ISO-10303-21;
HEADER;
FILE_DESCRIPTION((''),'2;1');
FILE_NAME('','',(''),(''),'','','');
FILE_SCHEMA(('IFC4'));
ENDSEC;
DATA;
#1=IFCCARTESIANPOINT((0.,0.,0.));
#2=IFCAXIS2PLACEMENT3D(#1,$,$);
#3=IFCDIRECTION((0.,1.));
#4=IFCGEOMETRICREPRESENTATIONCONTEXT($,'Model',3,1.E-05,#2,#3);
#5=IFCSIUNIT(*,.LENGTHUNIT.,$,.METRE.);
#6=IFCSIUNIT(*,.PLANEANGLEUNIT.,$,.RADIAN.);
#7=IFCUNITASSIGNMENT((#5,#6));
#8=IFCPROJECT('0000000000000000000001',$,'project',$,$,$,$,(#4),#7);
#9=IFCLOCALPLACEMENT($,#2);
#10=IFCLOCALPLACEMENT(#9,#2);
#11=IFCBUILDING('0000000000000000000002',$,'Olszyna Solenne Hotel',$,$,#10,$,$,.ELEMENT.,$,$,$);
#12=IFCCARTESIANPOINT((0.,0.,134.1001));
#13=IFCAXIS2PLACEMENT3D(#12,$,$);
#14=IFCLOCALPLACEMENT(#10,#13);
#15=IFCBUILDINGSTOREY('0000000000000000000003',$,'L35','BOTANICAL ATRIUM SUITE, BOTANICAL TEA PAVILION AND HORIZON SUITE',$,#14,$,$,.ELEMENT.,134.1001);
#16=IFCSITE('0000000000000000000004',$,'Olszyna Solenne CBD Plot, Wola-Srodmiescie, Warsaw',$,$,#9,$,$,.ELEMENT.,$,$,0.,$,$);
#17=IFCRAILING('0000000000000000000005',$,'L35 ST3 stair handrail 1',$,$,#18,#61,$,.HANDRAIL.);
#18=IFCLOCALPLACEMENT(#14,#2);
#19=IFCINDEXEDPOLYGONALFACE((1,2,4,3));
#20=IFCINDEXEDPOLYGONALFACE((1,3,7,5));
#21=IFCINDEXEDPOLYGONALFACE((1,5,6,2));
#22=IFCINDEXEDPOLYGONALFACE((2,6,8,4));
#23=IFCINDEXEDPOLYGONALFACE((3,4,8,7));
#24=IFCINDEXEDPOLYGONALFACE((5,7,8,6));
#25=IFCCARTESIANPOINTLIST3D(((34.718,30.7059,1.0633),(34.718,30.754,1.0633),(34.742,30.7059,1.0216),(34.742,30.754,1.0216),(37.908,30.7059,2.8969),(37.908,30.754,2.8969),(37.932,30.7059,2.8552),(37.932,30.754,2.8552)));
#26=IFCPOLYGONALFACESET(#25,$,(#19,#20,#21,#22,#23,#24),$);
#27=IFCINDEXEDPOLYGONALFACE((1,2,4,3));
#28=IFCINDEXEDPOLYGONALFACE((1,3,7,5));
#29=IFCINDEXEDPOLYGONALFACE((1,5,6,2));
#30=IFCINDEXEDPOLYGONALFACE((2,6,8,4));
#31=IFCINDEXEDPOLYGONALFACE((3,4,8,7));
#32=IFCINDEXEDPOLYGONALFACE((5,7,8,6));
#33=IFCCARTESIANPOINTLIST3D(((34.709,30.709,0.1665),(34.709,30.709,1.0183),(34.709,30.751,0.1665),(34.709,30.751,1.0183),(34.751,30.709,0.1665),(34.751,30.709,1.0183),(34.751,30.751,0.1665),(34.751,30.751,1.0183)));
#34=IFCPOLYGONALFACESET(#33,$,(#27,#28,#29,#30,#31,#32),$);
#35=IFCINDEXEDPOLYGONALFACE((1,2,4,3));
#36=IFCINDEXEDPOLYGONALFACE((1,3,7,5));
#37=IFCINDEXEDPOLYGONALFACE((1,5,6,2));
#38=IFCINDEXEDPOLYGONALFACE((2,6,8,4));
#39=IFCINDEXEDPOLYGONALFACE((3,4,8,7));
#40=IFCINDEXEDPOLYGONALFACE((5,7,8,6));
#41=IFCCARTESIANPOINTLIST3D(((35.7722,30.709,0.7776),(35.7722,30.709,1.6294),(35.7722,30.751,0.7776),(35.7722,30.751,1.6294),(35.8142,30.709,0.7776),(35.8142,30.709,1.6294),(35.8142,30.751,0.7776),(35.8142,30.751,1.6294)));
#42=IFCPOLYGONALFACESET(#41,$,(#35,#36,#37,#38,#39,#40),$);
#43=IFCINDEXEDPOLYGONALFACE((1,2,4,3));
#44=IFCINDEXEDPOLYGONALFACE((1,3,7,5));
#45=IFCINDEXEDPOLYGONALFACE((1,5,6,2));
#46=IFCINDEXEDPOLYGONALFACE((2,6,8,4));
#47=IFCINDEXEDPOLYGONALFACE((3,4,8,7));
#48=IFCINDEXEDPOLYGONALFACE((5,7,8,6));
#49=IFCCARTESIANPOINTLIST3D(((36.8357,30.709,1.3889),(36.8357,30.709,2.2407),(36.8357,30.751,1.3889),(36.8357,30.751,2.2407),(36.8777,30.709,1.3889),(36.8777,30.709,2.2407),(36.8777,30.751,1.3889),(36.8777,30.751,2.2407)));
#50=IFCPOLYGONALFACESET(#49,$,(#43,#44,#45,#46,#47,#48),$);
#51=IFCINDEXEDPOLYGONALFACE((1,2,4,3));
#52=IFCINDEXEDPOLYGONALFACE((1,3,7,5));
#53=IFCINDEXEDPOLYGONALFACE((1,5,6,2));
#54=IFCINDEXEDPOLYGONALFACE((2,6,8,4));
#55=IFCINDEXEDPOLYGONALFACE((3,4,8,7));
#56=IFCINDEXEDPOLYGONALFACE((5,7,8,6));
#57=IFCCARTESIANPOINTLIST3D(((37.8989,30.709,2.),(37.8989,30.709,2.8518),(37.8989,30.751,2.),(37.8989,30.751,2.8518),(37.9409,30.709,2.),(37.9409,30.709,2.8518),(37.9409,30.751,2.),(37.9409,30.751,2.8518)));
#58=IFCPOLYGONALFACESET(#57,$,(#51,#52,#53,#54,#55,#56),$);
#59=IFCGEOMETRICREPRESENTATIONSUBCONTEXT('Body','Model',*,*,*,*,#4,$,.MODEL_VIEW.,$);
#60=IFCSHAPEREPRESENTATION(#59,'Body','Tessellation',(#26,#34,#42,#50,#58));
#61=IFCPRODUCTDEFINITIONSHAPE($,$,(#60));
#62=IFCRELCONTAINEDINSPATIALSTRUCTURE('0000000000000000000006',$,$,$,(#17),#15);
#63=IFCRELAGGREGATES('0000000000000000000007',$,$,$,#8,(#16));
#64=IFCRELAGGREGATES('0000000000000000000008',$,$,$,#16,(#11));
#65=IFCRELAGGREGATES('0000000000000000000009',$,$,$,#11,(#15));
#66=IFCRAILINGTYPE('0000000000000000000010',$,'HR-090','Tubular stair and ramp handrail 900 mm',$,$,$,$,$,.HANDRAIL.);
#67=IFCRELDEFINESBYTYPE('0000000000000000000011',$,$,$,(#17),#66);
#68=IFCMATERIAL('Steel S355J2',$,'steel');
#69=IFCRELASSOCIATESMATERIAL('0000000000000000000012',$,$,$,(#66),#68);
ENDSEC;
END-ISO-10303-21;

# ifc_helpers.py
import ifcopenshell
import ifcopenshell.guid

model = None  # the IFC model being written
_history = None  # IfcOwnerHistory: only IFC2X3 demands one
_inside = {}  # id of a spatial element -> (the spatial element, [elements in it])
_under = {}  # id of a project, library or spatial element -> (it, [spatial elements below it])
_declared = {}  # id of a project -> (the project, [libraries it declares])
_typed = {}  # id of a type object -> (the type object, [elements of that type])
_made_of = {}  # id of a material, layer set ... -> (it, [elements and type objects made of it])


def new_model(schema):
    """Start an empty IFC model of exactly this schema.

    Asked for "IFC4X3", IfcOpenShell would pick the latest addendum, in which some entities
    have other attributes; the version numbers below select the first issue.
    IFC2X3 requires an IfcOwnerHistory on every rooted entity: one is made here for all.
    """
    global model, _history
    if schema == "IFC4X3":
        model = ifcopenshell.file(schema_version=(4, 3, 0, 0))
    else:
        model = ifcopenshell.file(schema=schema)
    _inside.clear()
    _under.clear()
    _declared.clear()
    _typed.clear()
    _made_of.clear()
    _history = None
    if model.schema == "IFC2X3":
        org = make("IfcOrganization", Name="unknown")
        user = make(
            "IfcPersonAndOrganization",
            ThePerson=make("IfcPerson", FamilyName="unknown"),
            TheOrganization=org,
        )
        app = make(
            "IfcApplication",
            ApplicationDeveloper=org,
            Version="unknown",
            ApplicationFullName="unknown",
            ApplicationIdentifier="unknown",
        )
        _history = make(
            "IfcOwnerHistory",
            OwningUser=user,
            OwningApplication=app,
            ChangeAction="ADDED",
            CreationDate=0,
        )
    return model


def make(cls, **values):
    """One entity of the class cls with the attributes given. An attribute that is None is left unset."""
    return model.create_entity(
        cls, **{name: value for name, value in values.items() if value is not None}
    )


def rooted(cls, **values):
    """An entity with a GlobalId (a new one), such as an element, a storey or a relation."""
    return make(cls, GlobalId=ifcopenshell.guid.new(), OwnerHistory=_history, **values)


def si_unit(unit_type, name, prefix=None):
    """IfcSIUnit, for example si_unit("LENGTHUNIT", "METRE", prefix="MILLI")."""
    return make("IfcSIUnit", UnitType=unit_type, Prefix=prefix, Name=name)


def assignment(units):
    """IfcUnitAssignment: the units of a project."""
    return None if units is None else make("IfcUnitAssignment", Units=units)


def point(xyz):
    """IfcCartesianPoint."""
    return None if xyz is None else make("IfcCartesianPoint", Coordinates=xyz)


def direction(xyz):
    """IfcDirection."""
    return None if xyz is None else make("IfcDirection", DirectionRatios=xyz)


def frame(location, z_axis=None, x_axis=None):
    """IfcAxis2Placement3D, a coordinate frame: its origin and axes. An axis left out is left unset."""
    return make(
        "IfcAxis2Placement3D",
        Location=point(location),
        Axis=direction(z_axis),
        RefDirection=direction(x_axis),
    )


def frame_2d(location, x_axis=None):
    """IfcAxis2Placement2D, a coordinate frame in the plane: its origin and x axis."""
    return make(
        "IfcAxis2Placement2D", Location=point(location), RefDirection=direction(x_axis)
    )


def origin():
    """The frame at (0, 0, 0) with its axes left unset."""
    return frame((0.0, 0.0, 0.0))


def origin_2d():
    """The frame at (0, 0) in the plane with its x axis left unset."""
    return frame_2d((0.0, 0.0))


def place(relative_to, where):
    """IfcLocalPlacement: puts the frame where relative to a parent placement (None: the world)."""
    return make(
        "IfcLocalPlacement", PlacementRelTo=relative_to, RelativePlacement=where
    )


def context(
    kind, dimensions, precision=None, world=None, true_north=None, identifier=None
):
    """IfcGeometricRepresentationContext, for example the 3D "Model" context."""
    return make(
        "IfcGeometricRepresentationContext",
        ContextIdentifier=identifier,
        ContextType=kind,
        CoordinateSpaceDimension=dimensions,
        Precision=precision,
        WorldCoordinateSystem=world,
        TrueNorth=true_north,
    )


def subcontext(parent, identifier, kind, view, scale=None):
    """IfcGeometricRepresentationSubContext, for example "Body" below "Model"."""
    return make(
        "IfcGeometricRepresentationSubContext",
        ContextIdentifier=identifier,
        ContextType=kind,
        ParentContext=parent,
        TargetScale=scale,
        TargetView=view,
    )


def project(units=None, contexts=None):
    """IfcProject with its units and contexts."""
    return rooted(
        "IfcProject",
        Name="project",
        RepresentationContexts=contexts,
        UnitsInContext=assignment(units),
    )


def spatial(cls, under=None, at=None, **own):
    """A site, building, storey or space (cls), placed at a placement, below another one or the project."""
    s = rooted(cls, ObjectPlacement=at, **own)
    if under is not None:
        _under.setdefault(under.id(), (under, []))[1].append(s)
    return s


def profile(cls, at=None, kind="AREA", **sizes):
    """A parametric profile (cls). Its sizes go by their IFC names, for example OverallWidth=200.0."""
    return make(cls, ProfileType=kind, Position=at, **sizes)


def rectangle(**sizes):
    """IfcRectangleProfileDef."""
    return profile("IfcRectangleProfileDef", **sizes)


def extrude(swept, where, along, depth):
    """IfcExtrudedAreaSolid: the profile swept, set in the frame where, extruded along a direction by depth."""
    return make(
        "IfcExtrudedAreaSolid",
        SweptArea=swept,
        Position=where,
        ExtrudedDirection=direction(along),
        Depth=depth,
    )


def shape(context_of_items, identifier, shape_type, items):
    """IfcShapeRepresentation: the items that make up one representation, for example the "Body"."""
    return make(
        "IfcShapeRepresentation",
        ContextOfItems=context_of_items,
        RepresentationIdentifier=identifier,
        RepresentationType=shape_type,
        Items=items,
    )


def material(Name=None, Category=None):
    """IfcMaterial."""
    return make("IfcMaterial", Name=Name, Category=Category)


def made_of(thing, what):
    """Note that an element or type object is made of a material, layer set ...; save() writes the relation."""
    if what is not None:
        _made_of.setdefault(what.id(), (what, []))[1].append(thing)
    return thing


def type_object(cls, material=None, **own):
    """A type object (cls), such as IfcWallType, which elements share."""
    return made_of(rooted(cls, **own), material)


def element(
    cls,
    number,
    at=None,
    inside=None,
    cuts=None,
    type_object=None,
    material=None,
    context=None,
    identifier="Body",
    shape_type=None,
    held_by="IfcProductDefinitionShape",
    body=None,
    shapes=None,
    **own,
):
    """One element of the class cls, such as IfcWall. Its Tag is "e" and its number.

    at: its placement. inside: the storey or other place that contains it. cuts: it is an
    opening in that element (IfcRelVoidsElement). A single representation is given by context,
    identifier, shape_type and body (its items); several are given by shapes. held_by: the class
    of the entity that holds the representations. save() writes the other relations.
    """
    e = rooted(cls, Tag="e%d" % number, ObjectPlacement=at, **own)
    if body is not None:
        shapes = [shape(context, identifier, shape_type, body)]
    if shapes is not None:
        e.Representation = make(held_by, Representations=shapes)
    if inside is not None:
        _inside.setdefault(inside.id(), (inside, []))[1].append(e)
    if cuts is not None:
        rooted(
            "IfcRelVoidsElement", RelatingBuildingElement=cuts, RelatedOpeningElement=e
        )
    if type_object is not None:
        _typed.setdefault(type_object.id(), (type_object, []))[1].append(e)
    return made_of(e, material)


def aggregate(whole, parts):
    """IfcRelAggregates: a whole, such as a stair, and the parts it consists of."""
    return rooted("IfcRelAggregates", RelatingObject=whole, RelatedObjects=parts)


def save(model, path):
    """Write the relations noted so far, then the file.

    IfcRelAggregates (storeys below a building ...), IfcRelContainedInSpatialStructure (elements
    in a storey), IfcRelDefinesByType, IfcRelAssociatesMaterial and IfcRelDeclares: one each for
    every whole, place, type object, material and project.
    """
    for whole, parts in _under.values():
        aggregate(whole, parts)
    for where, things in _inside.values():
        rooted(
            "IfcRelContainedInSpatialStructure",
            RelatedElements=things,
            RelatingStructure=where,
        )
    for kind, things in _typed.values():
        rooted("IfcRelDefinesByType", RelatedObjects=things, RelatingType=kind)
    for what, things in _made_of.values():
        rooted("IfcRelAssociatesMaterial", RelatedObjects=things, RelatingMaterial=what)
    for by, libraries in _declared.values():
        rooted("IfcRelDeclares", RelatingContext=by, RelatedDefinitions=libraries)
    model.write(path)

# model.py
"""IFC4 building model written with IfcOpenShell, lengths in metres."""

from ifc_helpers import new_model, si_unit, direction, frame, origin, origin_2d, place, context, subcontext, project, spatial, rectangle, extrude, material, type_object, element, save


model = new_model("IFC4")

# Units and contexts
model_context = context("Model", 3, precision=1e-05, world=origin(), true_north=direction((0.0, 1.0)))
body_context = subcontext(model_context, "Body", "Model", "MODEL_VIEW")
ifc_project = project(units=[si_unit("LENGTHUNIT", "METRE"), si_unit("PLANEANGLEUNIT", "RADIAN")], contexts=[model_context])

# Site, building, storey
site_placement = place(None, origin())
site = spatial("IfcSite", under=ifc_project, at=site_placement, Name="Olszyna Solenne CBD Plot, Wola-Srodmiescie, Warsaw", CompositionType="ELEMENT", RefElevation=0.0)
building_placement = place(site_placement, origin())
building = spatial("IfcBuilding", under=site, at=building_placement, Name="Olszyna Solenne Hotel", CompositionType="ELEMENT")
storey_placement = place(building_placement, frame((0.0, 0.0, 134.1001)))
storey = spatial("IfcBuildingStorey", under=building, at=storey_placement, Name="L35", Description="BOTANICAL ATRIUM SUITE, BOTANICAL TEA PAVILION AND HORIZON SUITE", CompositionType="ELEMENT", Elevation=134.1001)

# Shared definitions
ifc_material_1 = material(Name="Steel S355J2", Category="steel")

# Railing
railing_type = type_object("IfcRailingType", Name="HR-090", Description="Tubular stair and ramp handrail 900 mm", PredefinedType="HANDRAIL", material=ifc_material_1)
railing_placement = place(storey_placement, frame((34.73, 30.73, 0.1665)))
element("IfcRailing", 1, at=railing_placement, inside=storey, type_object=railing_type, Name="L35 ST3 stair handrail 1", PredefinedType="HANDRAIL", context=body_context, shape_type="SweptSolid", body=[
    extrude(rectangle(XDim=0.0481, YDim=0.0481, at=origin_2d()), frame((0.0, 0.0, 0.876), z_axis=(0.866991, 0.0, 0.498324), x_axis=(0.0, 1.0, 0.0)), (0.0, 0.0, 1.0), 3.6794),
    extrude(rectangle(XDim=0.042, YDim=0.042, at=origin_2d()), origin(), (0.0, 0.0, 1.0), 0.8518),
    extrude(rectangle(XDim=0.042, YDim=0.042, at=origin_2d()), frame((1.0632, 0.0, 0.6111)), (0.0, 0.0, 1.0), 0.8518),
    extrude(rectangle(XDim=0.042, YDim=0.042, at=origin_2d()), frame((2.1267, 0.0, 1.2224)), (0.0, 0.0, 1.0), 0.8518),
    extrude(rectangle(XDim=0.042, YDim=0.042, at=origin_2d()), frame((3.1899, 0.0, 1.8335)), (0.0, 0.0, 1.0), 0.8518),
])

save(model, "model.ifc")
